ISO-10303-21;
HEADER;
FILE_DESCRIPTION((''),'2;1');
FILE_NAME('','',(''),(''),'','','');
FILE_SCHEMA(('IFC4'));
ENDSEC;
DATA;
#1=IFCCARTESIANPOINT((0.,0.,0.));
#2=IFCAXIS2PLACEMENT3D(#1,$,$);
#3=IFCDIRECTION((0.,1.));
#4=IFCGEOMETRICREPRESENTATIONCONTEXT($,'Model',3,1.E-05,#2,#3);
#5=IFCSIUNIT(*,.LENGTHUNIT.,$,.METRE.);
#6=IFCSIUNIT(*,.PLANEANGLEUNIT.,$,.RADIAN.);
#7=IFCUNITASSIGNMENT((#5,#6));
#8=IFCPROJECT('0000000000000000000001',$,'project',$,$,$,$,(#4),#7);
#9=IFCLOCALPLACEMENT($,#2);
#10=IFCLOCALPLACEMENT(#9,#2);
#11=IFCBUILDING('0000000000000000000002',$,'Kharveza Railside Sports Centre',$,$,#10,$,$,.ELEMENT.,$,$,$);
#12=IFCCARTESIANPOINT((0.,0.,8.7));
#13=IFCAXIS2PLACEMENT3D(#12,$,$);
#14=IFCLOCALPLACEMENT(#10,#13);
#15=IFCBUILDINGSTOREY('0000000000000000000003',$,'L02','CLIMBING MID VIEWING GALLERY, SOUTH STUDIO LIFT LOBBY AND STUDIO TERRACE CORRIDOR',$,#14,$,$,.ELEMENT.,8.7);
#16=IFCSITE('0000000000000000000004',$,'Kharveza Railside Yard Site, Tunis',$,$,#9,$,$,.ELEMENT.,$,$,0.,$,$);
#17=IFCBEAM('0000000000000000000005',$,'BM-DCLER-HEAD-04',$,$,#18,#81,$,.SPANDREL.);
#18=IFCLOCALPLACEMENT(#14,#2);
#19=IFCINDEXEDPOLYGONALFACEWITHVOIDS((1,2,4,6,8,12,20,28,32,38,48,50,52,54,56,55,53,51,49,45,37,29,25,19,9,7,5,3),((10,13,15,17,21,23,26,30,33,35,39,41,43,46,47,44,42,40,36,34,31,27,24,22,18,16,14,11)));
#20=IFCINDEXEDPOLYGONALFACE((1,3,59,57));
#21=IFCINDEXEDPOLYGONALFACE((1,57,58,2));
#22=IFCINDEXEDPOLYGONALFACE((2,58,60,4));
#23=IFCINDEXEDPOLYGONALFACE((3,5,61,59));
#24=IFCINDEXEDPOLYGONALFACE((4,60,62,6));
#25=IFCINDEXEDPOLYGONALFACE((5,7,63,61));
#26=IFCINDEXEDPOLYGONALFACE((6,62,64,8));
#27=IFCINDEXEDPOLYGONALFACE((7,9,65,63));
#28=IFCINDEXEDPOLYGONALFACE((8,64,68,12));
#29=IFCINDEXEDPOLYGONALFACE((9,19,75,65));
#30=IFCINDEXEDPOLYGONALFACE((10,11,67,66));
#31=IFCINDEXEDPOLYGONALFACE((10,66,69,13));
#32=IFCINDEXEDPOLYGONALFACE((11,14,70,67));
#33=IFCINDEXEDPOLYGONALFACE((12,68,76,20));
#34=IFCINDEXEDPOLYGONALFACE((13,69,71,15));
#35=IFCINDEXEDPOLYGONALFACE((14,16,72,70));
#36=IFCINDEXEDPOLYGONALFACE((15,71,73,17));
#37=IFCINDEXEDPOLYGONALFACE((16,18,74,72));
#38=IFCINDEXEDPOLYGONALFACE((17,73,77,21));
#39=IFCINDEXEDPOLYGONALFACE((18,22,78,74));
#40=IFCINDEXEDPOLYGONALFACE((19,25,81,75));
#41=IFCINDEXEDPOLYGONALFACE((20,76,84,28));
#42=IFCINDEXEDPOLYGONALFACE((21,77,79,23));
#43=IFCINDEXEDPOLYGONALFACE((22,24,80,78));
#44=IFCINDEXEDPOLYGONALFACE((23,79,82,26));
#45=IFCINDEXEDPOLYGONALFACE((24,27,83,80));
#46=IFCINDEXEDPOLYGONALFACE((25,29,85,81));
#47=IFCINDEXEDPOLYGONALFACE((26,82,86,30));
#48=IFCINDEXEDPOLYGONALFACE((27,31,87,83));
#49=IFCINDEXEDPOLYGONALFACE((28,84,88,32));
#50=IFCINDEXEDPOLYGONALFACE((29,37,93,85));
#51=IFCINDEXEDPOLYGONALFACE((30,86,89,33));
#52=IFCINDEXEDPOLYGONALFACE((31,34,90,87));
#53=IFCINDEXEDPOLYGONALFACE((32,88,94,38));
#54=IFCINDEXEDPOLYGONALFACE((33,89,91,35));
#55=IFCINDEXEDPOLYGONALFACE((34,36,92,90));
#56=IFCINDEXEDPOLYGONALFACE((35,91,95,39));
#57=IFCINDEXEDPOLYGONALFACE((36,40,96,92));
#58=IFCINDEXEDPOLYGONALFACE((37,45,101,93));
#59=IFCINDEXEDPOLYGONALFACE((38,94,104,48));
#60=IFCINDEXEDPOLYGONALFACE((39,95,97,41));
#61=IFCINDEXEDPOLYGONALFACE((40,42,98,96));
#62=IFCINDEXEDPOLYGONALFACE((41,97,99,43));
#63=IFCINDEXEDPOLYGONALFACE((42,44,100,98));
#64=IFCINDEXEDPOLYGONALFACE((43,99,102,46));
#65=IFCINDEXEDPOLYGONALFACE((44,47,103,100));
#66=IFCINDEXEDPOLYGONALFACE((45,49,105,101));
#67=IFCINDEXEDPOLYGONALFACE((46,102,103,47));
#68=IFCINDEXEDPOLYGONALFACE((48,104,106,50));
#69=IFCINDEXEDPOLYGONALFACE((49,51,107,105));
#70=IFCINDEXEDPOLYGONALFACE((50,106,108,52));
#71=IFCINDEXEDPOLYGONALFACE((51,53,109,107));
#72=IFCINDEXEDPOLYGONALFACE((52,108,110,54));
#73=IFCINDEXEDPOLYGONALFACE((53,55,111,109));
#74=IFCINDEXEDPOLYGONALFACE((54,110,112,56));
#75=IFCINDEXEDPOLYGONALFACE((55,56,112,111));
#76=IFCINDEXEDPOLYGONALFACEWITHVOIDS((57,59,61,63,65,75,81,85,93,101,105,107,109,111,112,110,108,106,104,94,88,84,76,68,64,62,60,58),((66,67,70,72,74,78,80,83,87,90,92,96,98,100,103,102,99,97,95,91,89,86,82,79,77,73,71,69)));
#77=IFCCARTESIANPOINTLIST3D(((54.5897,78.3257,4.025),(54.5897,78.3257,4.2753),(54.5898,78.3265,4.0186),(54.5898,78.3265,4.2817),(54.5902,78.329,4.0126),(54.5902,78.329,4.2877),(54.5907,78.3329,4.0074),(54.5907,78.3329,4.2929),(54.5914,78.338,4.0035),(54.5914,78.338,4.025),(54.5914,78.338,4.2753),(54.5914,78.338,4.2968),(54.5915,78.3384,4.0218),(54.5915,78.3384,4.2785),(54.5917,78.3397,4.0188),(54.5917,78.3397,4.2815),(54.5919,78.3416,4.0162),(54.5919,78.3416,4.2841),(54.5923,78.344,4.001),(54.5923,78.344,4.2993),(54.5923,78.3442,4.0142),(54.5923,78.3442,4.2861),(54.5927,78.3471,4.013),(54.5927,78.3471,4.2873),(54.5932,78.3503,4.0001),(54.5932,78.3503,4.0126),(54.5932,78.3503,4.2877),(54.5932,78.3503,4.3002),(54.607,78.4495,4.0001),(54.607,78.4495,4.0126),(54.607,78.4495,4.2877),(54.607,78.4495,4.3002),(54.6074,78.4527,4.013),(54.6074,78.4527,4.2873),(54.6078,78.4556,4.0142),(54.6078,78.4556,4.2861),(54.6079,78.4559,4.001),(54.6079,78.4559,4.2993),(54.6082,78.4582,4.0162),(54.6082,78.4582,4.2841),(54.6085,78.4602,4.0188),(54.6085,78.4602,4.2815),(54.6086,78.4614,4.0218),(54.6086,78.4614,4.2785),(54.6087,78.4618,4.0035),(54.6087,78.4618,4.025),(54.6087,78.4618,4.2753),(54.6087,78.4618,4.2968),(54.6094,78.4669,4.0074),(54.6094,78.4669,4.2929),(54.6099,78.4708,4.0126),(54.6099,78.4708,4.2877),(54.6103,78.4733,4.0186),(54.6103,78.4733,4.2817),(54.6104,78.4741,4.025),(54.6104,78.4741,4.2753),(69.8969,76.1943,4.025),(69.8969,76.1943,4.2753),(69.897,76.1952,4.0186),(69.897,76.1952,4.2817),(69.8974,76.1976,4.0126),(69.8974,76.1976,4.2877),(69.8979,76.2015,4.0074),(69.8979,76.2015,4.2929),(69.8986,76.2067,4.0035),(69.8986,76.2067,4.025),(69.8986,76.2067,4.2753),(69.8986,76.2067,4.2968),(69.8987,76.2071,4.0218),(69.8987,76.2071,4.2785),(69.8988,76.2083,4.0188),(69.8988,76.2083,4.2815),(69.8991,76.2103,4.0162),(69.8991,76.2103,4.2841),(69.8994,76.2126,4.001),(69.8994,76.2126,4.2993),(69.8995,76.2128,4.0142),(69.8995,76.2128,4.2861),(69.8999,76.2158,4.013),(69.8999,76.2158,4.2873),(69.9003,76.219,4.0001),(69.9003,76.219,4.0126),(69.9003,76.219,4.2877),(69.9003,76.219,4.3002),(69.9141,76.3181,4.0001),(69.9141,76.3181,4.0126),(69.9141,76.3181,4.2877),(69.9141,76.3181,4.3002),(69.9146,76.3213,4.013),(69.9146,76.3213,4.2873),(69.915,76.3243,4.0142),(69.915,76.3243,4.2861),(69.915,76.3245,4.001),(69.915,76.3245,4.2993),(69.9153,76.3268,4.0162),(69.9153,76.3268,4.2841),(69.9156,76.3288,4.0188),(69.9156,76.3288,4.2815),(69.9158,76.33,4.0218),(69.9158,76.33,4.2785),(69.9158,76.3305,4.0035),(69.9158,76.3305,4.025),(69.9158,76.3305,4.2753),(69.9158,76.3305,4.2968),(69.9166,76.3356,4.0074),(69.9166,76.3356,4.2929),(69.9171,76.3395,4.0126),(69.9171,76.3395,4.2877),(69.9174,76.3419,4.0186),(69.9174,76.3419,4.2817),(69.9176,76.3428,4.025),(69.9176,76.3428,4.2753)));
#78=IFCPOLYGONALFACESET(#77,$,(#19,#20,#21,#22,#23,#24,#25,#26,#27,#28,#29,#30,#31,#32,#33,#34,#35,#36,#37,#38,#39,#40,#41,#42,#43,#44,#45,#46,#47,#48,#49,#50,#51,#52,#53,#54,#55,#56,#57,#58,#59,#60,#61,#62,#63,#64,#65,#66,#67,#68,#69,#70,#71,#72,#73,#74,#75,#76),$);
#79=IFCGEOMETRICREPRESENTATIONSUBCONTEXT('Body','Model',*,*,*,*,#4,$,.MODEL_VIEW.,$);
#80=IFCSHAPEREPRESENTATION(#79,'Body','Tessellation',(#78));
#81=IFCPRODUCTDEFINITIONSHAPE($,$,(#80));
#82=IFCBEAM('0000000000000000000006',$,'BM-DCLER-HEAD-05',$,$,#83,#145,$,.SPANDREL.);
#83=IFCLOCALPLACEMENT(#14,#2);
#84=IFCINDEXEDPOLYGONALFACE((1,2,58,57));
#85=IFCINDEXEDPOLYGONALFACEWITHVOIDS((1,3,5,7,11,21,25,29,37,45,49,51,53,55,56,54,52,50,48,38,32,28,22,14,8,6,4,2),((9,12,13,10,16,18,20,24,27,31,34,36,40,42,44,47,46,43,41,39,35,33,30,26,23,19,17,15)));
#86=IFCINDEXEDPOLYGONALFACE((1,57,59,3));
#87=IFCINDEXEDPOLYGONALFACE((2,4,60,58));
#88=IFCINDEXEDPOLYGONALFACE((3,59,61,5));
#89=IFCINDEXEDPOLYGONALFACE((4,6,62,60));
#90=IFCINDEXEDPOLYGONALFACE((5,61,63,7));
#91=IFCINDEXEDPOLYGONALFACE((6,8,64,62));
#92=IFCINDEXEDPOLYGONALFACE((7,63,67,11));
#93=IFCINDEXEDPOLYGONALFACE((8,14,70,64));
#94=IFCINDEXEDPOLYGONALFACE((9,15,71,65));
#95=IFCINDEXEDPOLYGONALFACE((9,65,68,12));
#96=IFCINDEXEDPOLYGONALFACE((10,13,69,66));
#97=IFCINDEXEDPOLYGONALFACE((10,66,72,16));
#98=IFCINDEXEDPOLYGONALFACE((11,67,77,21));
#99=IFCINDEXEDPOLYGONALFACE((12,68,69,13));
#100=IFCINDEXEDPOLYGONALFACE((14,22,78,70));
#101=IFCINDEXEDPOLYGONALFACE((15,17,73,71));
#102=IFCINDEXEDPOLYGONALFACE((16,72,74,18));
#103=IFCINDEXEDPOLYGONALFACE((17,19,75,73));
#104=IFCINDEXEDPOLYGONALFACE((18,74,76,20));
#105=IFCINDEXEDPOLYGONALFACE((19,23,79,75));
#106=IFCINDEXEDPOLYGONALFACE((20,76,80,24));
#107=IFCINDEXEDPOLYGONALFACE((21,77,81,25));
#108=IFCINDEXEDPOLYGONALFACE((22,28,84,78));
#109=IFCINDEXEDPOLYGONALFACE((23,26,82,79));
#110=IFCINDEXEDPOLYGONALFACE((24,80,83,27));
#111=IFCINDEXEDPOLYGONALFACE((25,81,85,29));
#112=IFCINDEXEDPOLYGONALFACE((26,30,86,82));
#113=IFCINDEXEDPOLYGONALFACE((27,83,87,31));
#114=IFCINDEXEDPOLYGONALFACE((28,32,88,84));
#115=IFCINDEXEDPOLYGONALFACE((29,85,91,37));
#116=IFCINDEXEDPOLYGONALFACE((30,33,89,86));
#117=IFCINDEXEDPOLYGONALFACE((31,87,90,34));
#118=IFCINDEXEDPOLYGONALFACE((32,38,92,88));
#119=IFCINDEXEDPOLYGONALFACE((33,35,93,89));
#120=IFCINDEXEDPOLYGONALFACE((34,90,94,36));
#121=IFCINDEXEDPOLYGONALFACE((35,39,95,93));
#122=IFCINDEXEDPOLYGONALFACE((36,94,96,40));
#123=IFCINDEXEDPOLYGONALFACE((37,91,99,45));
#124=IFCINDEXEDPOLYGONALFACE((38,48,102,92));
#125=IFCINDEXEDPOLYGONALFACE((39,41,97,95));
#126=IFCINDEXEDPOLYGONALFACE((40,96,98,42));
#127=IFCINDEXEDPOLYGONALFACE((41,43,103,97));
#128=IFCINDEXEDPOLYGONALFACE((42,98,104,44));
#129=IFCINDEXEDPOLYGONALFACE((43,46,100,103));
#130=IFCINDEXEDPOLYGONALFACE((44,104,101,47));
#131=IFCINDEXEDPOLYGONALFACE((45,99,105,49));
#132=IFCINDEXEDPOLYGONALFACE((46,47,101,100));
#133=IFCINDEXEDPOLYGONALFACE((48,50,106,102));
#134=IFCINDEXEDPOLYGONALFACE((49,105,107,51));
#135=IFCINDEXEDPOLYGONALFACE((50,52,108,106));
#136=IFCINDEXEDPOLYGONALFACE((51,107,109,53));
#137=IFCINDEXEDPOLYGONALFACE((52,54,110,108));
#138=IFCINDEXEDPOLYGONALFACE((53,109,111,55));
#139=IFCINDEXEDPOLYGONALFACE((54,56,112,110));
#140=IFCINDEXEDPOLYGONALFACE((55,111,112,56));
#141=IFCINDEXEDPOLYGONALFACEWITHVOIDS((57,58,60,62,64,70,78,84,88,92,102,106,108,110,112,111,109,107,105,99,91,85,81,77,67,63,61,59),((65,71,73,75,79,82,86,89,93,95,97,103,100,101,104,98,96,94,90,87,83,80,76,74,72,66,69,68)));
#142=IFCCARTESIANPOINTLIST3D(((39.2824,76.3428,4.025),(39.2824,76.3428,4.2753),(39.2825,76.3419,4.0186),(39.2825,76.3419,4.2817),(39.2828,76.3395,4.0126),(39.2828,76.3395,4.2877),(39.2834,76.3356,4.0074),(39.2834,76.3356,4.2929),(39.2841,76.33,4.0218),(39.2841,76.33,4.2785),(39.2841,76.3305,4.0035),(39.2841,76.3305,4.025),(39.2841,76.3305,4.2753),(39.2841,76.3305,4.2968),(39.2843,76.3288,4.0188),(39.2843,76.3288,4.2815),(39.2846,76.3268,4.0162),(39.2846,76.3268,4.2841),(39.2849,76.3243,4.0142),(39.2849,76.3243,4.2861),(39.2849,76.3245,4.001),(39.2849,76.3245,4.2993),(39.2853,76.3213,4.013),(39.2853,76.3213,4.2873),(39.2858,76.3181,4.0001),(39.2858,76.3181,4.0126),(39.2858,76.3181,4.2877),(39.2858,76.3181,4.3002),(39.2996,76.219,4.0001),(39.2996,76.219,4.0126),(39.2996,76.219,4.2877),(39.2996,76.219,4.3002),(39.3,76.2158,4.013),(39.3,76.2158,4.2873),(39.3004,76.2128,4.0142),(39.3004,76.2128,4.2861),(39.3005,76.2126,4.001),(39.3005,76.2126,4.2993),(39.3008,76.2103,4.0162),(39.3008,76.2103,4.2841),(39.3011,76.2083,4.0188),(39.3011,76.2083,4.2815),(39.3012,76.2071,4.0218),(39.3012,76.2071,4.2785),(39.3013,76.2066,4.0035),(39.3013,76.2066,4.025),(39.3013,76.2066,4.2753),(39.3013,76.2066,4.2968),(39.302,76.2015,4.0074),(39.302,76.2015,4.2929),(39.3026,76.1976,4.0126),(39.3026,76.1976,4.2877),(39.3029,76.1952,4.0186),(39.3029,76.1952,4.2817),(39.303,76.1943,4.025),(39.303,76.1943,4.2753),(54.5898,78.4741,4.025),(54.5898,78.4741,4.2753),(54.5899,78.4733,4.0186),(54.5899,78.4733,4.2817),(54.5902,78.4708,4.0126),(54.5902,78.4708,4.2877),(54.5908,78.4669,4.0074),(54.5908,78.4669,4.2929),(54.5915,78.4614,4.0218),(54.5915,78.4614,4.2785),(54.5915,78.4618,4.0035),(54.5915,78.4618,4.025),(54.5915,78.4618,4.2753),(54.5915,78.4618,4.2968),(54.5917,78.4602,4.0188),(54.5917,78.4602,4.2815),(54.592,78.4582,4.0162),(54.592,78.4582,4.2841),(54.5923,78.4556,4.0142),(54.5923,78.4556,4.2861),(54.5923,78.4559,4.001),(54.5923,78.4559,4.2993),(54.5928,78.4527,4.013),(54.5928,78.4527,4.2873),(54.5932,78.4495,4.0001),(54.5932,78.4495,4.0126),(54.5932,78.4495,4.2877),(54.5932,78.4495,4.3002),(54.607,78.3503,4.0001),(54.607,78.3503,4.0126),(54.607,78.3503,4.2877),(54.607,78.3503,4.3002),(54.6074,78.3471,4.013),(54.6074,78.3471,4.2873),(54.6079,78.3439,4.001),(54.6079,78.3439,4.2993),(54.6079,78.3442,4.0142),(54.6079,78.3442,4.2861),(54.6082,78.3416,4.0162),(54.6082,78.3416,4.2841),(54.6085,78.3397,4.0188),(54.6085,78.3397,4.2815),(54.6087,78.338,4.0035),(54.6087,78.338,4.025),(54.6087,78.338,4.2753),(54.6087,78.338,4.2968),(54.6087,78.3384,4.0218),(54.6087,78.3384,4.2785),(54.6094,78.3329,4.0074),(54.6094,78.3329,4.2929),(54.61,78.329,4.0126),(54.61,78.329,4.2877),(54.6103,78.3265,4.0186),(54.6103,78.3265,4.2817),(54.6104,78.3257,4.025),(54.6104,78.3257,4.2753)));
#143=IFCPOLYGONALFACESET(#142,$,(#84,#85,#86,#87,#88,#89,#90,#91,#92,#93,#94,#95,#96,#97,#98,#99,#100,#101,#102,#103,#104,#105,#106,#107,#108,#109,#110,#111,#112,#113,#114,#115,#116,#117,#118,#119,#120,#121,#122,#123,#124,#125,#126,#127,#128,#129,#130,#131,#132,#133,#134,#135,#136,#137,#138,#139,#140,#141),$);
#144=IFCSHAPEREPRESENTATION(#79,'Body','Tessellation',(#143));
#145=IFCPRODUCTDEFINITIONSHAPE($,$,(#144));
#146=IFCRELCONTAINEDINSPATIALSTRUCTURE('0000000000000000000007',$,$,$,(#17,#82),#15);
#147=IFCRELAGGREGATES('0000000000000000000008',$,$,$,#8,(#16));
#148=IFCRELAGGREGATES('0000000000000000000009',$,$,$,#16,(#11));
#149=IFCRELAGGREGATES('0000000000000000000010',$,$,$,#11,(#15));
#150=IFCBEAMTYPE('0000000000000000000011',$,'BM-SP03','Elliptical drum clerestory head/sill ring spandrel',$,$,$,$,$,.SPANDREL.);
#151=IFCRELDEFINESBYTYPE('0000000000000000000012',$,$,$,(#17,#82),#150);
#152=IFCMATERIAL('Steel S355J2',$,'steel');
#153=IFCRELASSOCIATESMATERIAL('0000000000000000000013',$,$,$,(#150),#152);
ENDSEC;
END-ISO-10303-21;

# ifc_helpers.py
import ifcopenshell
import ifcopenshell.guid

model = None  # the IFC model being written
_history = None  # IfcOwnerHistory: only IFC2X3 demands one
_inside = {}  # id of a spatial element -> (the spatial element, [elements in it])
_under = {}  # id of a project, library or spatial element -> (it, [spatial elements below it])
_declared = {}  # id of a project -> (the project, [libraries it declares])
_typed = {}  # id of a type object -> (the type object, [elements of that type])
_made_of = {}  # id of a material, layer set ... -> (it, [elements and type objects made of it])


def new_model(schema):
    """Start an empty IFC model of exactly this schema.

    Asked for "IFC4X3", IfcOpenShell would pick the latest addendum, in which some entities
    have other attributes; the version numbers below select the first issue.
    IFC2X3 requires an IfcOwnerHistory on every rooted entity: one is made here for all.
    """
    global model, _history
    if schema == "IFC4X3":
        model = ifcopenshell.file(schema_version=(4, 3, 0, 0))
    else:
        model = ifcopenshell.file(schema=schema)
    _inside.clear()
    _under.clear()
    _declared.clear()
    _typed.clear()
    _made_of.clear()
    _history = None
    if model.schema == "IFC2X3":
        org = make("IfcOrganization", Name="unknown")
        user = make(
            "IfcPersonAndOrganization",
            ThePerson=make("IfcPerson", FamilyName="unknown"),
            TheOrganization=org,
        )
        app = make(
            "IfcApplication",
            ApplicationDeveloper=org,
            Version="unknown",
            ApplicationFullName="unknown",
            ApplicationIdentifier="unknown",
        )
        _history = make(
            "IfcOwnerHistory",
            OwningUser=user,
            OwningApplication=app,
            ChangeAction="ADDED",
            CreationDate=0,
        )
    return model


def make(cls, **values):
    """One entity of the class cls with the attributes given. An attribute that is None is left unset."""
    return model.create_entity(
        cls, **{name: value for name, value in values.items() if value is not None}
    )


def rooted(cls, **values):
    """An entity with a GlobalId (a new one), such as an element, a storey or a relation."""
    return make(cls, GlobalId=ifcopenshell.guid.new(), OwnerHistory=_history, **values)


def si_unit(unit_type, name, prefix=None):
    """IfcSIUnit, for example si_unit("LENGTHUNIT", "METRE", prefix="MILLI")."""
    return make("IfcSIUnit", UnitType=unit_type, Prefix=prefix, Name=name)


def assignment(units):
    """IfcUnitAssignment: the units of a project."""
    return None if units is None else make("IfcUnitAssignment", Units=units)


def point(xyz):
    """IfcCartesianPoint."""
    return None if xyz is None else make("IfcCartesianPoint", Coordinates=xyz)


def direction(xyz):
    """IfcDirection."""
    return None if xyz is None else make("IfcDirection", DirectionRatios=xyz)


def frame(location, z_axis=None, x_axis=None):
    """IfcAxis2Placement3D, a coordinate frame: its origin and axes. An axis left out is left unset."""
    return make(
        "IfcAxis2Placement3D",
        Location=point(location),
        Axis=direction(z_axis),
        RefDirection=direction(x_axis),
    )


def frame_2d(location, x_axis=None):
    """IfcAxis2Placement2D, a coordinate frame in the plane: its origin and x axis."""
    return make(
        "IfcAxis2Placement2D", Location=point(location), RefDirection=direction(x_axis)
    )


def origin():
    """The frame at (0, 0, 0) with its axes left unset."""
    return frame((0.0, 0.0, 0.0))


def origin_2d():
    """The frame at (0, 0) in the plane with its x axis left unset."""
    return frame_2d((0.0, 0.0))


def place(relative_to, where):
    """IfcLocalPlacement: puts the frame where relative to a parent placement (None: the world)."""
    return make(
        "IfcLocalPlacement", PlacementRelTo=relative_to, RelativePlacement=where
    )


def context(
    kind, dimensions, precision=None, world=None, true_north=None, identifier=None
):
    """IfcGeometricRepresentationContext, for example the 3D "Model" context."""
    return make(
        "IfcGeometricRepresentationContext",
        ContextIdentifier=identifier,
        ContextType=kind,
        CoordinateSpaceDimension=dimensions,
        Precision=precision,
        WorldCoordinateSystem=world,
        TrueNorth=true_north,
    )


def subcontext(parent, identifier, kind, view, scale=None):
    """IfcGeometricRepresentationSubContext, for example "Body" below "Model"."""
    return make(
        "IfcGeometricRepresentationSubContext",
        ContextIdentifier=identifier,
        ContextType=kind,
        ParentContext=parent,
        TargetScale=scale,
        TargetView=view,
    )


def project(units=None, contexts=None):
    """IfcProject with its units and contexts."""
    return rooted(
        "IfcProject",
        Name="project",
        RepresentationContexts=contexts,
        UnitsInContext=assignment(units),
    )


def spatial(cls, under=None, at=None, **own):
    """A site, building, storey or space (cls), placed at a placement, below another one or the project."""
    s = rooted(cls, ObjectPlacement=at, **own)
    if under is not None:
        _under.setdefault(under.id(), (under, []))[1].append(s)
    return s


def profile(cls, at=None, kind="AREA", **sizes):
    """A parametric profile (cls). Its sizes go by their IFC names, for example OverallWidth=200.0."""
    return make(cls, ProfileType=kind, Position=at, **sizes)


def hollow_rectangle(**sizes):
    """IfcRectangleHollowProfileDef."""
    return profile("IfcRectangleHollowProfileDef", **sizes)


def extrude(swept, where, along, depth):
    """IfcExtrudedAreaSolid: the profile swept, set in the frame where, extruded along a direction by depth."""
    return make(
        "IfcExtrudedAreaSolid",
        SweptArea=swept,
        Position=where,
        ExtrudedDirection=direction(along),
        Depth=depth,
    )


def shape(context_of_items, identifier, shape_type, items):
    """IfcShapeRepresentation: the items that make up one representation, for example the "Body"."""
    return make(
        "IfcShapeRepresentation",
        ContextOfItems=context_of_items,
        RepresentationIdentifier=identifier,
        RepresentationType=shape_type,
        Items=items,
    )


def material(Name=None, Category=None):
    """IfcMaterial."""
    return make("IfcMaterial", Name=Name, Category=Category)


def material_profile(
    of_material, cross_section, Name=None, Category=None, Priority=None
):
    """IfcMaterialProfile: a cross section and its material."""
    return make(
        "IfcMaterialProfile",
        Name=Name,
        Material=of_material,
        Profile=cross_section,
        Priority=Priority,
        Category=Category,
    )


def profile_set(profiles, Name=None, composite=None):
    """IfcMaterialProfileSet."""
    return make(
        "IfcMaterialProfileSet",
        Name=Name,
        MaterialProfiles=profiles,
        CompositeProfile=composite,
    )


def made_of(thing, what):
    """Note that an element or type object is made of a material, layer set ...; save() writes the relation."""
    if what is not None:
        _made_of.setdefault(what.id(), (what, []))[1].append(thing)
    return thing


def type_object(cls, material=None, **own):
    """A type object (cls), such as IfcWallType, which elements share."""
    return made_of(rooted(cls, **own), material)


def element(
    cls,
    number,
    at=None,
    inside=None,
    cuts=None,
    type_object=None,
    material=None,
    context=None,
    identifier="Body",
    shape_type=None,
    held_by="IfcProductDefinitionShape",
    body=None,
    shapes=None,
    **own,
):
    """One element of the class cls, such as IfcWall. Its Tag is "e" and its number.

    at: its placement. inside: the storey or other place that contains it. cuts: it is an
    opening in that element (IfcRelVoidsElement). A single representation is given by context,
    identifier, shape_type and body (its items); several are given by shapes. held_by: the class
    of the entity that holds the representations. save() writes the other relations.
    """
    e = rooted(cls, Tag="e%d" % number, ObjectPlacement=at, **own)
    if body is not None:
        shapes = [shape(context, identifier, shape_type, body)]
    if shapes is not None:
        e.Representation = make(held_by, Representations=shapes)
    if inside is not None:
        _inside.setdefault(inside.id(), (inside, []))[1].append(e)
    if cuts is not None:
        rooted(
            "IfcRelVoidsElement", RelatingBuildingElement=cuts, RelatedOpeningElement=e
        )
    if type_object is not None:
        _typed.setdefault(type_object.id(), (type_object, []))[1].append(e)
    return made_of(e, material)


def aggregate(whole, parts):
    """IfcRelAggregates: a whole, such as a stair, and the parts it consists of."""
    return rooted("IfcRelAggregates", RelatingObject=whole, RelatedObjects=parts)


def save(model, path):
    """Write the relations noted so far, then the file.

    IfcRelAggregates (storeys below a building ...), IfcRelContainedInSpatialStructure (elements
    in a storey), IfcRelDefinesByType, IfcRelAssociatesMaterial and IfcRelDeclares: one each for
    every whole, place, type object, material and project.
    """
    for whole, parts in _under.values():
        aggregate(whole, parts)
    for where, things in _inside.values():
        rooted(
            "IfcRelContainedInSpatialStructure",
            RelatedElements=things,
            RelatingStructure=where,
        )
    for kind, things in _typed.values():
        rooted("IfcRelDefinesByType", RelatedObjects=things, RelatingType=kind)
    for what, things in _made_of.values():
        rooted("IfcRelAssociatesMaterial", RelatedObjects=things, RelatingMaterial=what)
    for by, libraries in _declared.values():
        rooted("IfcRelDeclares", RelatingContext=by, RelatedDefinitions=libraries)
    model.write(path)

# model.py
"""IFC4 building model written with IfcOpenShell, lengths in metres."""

from ifc_helpers import new_model, si_unit, direction, frame, origin, origin_2d, place, context, subcontext, project, spatial, hollow_rectangle, extrude, material, material_profile, profile_set, type_object, element, save


model = new_model("IFC4")

# Units and contexts
model_context = context("Model", 3, precision=1e-05, world=origin(), true_north=direction((0.0, 1.0)))
body_context = subcontext(model_context, "Body", "Model", "MODEL_VIEW")
ifc_project = project(units=[si_unit("LENGTHUNIT", "METRE"), si_unit("PLANEANGLEUNIT", "RADIAN")], contexts=[model_context])

# Site, building, storey
site_placement = place(None, origin())
site = spatial("IfcSite", under=ifc_project, at=site_placement, Name="Kharveza Railside Yard Site, Tunis", CompositionType="ELEMENT", RefElevation=0.0)
building_placement = place(site_placement, origin())
building = spatial("IfcBuilding", under=site, at=building_placement, Name="Kharveza Railside Sports Centre", CompositionType="ELEMENT")
storey_placement = place(building_placement, frame((0.0, 0.0, 8.7)))
storey = spatial("IfcBuildingStorey", under=building, at=storey_placement, Name="L02", Description="CLIMBING MID VIEWING GALLERY, SOUTH STUDIO LIFT LOBBY AND STUDIO TERRACE CORRIDOR", CompositionType="ELEMENT", Elevation=8.7)

# Shared definitions
ifc_material_1 = material(Name="Steel S355J2", Category="steel")

# Beams
ifc_material_profile_1 = material_profile(ifc_material_1, hollow_rectangle(XDim=0.1499, YDim=0.3, WallThickness=0.0125, InnerFilletRadius=0.0125, OuterFilletRadius=0.0249, at=origin_2d()), Name="RHS 150x300x12.5")
ifc_profile_set_1 = profile_set([ifc_material_profile_1], Name="Steel S355J2")
beam_type_1 = type_object("IfcBeamType", Name="BM-SP03", Description="Elliptical drum clerestory head/sill ring spandrel", PredefinedType="SPANDREL", material=ifc_profile_set_1)
beam_1_placement = place(storey_placement, frame((69.9072, 76.2686, 4.1501), z_axis=(-0.990445, 0.137908, 0.0), x_axis=(-0.137908, -0.990445, 0.0)))
element("IfcBeam", 1, at=beam_1_placement, inside=storey, type_object=beam_type_1, Name="BM-DCLER-HEAD-04", PredefinedType="SPANDREL", context=body_context, shape_type="SweptSolid", body=[
    extrude(hollow_rectangle(XDim=0.1499, YDim=0.3, WallThickness=0.0125, InnerFilletRadius=0.0125, OuterFilletRadius=0.0249, at=origin_2d()), origin(), (0.0, 0.0, 1.0), 15.4548),
])
beam_2_placement = place(storey_placement, frame((54.6001, 78.3999, 4.1501), z_axis=(-0.990445, -0.137906, 0.0), x_axis=(0.137906, -0.990445, 0.0)))
element("IfcBeam", 2, at=beam_2_placement, inside=storey, type_object=beam_type_1, Name="BM-DCLER-HEAD-05", PredefinedType="SPANDREL", context=body_context, shape_type="SweptSolid", body=[
    extrude(hollow_rectangle(XDim=0.1499, YDim=0.3, WallThickness=0.0125, InnerFilletRadius=0.0125, OuterFilletRadius=0.0249, at=origin_2d()), origin(), (0.0, 0.0, 1.0), 15.4551),
])

save(model, "model.ifc")
